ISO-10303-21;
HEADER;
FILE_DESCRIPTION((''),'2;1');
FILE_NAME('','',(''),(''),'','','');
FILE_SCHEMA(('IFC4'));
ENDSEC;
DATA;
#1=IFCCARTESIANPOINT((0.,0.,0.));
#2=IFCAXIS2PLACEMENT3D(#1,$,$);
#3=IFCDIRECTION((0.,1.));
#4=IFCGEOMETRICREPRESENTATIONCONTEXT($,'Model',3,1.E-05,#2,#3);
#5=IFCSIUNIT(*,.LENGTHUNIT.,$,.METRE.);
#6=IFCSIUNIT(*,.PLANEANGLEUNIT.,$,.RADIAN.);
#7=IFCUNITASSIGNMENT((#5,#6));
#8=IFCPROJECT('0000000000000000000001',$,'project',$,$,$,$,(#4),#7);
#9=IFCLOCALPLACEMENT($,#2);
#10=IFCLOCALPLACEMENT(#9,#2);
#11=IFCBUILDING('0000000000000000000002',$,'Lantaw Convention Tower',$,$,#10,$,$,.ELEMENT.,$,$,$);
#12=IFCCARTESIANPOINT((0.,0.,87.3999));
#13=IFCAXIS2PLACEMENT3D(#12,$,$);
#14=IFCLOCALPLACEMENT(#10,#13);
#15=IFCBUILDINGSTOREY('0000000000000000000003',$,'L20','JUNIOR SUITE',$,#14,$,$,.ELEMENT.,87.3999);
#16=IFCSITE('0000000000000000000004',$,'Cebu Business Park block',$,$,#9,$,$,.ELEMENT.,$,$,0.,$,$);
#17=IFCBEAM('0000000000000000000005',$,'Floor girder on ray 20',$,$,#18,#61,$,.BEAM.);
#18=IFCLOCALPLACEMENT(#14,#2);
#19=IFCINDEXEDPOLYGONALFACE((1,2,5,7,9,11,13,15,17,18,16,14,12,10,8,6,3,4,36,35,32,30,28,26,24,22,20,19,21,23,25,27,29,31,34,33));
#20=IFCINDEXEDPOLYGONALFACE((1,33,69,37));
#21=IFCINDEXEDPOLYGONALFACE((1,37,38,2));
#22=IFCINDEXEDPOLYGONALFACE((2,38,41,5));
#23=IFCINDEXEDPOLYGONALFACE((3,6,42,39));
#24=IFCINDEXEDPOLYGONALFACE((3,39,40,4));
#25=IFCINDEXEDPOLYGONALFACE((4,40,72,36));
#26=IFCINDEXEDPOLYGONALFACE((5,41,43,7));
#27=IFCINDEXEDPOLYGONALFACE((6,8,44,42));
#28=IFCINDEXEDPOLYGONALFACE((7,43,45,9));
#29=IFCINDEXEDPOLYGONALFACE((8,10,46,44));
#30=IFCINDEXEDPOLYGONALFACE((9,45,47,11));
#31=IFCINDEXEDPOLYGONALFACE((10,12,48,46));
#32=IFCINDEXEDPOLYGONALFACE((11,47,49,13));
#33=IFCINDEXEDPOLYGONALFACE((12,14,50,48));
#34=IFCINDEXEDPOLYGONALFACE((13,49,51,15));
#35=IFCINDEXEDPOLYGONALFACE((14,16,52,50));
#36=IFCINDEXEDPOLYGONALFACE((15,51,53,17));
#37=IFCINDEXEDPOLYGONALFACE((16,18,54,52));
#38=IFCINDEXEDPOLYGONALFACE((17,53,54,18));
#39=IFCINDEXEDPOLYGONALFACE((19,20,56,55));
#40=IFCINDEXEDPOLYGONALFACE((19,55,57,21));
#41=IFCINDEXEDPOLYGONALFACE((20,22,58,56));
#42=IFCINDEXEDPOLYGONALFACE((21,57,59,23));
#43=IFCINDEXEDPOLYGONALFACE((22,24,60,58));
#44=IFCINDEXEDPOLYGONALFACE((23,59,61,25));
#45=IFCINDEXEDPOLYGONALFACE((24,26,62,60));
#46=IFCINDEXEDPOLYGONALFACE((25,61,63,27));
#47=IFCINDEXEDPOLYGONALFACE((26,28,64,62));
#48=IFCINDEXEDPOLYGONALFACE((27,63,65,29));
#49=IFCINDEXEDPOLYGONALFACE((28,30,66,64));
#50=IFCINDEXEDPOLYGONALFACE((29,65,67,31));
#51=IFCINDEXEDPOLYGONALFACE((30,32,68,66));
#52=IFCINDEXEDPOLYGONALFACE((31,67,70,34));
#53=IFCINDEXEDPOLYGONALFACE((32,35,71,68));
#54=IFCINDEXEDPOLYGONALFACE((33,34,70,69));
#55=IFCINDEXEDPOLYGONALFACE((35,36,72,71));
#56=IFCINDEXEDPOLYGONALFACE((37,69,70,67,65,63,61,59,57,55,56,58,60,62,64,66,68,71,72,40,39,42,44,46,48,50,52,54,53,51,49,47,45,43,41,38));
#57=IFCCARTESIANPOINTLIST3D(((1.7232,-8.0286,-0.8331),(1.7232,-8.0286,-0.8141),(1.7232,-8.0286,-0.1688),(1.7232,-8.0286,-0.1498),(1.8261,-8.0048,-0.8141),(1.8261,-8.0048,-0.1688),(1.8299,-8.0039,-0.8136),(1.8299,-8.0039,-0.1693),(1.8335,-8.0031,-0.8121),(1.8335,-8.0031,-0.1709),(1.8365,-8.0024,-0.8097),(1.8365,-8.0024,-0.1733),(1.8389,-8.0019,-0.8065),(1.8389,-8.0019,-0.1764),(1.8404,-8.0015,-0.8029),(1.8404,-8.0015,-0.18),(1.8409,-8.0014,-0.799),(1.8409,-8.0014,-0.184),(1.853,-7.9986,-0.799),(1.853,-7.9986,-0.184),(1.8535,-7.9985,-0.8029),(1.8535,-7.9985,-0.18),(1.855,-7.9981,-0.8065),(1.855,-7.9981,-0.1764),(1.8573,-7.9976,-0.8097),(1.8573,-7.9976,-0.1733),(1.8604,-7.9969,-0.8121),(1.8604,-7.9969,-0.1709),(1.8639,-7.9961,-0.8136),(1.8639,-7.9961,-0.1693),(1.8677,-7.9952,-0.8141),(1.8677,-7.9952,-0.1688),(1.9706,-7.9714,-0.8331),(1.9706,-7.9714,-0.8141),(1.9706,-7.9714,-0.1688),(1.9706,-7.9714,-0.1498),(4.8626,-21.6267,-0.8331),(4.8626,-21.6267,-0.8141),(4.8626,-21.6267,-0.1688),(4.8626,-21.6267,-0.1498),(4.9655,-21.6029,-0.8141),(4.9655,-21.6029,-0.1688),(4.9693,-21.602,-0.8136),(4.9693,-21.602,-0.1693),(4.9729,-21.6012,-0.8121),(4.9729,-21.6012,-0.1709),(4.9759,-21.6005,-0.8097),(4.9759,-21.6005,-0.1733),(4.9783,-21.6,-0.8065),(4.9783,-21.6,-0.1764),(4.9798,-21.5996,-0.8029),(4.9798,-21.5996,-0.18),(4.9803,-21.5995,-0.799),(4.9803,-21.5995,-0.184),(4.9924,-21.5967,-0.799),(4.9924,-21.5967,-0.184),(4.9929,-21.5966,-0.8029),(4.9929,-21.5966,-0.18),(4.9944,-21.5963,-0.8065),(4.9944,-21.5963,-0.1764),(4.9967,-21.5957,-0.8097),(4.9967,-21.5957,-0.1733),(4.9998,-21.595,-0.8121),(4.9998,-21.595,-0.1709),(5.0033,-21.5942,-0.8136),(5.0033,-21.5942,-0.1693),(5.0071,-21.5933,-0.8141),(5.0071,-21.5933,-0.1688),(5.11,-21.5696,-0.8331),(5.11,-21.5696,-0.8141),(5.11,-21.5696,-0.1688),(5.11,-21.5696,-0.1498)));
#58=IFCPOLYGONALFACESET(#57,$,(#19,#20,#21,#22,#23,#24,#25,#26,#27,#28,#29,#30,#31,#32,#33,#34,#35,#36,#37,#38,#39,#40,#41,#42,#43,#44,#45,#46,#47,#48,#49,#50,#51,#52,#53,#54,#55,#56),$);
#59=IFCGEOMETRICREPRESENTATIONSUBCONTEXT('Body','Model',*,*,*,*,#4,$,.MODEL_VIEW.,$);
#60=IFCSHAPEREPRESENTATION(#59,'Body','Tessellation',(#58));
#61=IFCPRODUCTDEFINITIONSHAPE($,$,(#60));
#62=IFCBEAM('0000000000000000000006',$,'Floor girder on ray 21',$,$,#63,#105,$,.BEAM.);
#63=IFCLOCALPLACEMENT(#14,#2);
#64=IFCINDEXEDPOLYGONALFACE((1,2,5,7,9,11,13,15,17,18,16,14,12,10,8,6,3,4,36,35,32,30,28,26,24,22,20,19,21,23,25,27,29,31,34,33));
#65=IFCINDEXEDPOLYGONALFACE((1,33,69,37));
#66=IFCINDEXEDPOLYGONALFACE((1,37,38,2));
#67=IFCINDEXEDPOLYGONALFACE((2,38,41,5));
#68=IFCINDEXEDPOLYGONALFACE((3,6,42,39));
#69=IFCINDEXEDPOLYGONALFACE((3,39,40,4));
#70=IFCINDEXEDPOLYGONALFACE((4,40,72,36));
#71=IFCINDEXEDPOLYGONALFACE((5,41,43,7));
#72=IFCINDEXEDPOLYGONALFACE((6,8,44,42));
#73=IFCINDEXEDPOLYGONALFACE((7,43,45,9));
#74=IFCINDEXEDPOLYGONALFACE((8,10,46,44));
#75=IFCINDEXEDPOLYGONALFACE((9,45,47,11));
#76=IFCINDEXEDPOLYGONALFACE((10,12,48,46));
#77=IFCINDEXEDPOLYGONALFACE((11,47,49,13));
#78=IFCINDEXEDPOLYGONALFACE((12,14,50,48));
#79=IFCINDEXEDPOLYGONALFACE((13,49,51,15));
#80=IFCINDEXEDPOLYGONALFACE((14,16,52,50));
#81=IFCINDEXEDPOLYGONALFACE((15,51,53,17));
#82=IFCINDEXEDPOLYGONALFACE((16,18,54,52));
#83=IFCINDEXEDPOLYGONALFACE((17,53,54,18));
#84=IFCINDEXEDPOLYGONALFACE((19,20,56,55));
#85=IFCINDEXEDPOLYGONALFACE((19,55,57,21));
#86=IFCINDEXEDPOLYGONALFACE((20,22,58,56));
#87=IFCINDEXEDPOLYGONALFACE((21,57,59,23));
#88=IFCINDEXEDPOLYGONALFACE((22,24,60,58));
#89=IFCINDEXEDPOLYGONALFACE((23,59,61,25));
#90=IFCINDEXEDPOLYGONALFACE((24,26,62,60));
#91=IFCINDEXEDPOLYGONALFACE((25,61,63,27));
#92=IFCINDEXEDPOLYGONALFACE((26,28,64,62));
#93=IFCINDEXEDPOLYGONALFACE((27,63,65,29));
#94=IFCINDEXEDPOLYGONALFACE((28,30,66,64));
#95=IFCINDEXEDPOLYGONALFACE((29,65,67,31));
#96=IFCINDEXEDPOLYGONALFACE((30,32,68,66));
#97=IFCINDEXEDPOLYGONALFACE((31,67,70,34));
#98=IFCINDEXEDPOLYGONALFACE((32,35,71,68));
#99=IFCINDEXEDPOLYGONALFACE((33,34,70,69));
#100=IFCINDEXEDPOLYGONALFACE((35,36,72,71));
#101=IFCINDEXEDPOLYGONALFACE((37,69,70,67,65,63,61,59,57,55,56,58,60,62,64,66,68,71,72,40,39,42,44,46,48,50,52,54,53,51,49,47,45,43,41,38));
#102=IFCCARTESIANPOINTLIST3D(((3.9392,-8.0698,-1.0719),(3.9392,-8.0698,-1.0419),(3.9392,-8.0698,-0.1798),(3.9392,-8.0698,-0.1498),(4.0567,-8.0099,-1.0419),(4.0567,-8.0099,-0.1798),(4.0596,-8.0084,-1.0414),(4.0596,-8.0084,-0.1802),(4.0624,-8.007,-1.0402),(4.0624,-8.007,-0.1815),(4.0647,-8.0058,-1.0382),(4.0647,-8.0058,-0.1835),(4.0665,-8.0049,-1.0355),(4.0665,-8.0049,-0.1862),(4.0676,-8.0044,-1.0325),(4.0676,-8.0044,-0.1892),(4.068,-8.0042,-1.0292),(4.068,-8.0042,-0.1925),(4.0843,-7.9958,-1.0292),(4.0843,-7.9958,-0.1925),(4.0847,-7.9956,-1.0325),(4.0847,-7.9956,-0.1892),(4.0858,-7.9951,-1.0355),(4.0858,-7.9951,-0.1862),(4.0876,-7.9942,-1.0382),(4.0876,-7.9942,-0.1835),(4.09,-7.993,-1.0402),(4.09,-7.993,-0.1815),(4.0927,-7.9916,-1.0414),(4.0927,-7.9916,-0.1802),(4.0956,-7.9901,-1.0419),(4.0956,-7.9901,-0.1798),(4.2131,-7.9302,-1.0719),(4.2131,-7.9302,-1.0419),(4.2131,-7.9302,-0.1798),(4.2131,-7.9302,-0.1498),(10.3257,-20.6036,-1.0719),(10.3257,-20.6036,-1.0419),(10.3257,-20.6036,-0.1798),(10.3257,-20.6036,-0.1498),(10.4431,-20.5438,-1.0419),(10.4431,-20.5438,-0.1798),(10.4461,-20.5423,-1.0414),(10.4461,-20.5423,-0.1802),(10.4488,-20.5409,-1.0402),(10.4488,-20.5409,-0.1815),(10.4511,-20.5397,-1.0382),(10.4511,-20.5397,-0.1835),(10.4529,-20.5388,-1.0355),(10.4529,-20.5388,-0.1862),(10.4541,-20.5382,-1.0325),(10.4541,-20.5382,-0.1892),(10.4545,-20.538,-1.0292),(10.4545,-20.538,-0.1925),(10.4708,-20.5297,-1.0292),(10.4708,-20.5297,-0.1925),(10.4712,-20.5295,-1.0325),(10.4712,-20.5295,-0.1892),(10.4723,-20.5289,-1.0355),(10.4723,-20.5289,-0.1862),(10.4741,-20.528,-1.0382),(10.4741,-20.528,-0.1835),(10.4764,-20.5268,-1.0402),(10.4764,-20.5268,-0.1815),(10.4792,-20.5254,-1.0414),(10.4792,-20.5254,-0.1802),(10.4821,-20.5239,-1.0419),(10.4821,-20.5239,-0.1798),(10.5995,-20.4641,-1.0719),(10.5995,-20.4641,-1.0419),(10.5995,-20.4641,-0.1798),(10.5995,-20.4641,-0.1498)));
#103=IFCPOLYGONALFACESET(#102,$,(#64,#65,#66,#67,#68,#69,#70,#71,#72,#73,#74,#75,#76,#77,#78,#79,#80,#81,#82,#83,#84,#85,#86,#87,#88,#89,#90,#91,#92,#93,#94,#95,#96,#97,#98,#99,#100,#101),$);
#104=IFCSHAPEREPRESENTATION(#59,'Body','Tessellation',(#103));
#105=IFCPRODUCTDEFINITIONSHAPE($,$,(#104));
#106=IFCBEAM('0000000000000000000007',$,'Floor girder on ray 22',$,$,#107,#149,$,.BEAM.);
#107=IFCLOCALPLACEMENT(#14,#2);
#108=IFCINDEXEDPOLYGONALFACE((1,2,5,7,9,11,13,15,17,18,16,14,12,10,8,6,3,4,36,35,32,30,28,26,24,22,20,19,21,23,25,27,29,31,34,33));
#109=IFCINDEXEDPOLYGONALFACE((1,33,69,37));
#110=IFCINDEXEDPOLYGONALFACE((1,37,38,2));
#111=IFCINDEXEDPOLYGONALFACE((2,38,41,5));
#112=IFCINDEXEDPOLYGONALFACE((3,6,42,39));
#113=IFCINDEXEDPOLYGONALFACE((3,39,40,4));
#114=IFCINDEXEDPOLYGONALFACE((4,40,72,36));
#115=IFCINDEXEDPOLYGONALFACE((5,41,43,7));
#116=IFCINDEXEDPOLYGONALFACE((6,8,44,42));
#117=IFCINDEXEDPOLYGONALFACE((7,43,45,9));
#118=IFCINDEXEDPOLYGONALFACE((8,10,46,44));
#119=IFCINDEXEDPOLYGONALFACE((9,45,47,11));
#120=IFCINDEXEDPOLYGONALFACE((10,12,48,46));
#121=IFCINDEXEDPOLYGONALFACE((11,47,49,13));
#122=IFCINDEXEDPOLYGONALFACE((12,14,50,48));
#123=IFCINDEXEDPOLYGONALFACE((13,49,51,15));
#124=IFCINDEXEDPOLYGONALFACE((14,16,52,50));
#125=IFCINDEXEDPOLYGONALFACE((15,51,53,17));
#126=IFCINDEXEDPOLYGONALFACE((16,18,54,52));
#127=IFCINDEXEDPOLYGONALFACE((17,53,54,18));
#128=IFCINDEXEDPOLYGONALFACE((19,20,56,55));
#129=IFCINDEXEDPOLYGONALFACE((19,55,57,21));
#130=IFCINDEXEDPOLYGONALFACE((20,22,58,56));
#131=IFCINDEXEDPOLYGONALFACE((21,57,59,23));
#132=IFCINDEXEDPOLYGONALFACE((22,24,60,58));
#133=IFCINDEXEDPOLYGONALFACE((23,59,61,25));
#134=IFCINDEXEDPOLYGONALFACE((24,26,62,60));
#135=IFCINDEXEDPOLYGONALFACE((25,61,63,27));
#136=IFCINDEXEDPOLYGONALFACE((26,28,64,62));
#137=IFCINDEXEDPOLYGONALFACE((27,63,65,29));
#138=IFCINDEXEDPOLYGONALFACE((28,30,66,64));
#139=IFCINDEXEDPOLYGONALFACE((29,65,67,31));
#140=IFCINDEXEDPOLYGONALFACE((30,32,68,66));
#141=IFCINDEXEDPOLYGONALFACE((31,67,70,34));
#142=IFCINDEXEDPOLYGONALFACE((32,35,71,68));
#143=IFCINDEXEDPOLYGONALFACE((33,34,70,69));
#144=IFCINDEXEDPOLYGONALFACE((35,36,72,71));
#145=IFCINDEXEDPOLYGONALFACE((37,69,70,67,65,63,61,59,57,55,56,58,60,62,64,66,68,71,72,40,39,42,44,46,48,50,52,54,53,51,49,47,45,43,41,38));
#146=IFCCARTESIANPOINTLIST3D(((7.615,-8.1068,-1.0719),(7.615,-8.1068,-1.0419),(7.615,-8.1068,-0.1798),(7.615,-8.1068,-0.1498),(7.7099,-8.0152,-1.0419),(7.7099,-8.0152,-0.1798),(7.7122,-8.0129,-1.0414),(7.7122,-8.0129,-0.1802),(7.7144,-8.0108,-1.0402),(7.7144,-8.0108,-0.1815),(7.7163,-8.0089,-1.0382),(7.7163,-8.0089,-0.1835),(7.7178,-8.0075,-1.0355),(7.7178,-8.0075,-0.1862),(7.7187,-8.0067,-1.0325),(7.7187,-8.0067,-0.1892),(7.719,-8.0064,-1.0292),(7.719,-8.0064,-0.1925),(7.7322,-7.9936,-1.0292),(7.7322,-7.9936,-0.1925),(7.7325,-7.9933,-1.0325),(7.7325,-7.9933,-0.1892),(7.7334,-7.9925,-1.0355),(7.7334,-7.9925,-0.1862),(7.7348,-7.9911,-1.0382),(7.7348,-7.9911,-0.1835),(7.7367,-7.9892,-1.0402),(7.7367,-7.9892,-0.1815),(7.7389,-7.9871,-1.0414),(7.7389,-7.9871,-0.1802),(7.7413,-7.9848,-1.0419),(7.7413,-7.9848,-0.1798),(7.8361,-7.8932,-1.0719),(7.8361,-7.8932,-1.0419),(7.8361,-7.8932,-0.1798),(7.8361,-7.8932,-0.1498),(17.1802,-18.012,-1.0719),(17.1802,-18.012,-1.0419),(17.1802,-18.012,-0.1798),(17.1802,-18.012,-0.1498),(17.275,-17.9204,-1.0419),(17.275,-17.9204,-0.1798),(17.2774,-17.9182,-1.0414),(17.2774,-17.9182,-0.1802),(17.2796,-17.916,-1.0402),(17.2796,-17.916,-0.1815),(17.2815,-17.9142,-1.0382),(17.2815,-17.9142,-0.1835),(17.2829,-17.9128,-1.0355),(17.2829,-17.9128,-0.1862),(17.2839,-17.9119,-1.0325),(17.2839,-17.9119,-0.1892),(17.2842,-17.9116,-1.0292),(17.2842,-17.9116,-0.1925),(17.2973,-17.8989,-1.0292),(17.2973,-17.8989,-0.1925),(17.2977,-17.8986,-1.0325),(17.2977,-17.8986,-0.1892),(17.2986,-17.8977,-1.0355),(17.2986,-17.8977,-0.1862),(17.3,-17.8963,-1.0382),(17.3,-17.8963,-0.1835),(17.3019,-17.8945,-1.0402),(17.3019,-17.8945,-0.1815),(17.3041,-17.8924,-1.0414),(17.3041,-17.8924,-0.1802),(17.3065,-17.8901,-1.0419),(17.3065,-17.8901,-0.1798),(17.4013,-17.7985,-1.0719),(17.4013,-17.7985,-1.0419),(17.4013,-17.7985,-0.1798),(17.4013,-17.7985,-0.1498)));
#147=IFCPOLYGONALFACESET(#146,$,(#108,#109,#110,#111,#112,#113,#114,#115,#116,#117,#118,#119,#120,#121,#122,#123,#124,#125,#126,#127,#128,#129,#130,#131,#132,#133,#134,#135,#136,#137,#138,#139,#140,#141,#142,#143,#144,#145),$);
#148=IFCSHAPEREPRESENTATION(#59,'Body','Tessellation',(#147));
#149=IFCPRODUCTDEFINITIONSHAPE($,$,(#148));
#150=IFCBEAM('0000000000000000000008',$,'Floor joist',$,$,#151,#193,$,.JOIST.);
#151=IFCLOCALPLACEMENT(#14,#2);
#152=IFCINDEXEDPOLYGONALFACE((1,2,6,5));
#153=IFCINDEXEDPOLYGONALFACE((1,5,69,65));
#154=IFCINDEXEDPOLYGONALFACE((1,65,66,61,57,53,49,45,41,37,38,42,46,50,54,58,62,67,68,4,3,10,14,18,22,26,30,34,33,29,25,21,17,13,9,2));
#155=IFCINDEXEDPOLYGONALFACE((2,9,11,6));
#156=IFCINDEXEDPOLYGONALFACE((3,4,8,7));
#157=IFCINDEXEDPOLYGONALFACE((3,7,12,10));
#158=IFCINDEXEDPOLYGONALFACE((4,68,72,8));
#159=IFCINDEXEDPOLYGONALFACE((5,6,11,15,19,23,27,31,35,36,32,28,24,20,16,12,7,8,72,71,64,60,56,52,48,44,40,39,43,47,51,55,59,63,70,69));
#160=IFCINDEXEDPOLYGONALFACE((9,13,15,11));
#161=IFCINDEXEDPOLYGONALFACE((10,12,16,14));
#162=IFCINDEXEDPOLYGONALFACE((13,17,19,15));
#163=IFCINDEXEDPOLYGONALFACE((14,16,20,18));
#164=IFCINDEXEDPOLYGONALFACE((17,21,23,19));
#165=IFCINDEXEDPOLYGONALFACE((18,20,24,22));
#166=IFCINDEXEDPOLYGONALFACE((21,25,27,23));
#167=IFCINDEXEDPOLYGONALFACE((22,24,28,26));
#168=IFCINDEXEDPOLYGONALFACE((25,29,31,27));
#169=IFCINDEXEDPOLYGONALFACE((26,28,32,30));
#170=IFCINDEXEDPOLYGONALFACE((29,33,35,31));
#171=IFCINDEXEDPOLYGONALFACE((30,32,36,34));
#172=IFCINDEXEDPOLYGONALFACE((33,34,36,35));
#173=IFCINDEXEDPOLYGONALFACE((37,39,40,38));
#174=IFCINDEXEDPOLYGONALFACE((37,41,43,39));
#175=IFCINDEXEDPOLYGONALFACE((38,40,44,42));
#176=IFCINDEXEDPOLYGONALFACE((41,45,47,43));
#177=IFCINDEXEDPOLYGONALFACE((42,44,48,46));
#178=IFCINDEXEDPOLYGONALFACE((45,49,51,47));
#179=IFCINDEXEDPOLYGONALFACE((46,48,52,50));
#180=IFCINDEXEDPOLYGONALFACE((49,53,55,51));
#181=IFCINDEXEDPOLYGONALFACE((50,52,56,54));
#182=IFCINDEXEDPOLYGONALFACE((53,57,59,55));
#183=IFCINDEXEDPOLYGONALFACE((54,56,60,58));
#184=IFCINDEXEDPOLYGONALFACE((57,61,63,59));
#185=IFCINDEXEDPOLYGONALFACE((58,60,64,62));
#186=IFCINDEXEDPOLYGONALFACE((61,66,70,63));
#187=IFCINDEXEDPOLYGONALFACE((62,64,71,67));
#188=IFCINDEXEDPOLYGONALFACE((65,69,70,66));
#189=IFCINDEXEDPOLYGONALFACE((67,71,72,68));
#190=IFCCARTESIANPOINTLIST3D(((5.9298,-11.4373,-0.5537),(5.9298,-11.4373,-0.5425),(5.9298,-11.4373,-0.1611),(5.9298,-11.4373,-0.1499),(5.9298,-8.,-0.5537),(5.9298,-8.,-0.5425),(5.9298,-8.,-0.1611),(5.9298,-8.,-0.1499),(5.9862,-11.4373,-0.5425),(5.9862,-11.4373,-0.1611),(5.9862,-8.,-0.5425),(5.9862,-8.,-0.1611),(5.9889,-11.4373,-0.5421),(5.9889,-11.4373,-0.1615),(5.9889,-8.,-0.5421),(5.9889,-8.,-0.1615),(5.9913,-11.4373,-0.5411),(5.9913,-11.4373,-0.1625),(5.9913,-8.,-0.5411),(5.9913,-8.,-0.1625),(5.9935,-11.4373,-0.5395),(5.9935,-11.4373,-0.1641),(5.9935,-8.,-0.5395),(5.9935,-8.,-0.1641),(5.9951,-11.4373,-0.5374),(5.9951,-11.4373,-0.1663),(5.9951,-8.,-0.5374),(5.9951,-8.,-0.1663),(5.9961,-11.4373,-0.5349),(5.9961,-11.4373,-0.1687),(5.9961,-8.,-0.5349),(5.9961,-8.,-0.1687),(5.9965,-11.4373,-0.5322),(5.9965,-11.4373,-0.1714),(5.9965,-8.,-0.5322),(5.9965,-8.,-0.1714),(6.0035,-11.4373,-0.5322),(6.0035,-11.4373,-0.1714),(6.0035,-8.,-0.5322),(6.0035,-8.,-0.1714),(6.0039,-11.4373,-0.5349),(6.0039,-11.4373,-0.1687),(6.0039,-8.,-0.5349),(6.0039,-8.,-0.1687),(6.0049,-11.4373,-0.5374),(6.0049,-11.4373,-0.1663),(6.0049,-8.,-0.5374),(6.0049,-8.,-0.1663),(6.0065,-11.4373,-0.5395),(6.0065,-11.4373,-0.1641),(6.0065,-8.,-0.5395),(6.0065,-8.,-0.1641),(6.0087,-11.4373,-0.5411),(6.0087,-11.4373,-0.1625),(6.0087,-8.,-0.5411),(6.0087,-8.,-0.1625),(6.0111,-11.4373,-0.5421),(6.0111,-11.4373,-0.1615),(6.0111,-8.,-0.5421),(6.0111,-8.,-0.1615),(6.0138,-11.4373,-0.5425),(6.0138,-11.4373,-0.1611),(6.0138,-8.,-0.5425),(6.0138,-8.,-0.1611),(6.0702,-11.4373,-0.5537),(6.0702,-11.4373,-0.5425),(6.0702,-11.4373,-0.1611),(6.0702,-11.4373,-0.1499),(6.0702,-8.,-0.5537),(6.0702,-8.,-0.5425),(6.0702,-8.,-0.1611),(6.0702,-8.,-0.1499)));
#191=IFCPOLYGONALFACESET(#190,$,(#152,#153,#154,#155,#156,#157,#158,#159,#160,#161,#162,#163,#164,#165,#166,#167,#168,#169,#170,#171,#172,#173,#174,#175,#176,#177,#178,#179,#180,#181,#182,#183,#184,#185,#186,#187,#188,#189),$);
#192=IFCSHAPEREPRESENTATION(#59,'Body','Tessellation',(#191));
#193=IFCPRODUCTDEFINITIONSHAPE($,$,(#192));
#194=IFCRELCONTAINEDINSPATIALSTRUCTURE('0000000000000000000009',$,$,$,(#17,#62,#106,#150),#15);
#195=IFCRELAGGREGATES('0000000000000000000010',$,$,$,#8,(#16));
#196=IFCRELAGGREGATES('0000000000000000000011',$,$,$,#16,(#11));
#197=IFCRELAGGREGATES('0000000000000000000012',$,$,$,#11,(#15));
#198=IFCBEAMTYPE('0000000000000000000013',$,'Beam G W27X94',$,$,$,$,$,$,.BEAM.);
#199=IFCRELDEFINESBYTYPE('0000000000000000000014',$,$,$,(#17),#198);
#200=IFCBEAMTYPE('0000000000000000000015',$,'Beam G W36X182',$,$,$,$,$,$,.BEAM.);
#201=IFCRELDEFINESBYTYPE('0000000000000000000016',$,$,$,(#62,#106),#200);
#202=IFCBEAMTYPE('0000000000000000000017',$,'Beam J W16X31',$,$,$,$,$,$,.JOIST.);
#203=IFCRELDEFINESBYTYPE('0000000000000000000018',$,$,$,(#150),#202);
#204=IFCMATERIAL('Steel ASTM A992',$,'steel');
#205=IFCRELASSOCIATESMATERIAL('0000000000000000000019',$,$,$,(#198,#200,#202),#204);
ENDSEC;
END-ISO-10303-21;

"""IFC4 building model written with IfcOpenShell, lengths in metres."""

from ifc_helpers import new_model, si_unit, direction, frame, origin, origin_2d, place, context, subcontext, project, spatial, i_section, extrude, material, material_profile, profile_set, type_object, element, save


model = new_model("IFC4")

# Units and contexts
model_context = context("Model", 3, precision=1e-05, world=origin(), true_north=direction((0.0, 1.0)))
body_context = subcontext(model_context, "Body", "Model", "MODEL_VIEW")
ifc_project = project(units=[si_unit("LENGTHUNIT", "METRE"), si_unit("PLANEANGLEUNIT", "RADIAN")], contexts=[model_context])

# Site, building, storey
site_placement = place(None, origin())
site = spatial("IfcSite", under=ifc_project, at=site_placement, Name="Cebu Business Park block", CompositionType="ELEMENT", RefElevation=0.0)
building_placement = place(site_placement, origin())
building = spatial("IfcBuilding", under=site, at=building_placement, Name="Lantaw Convention Tower", CompositionType="ELEMENT")
storey_placement = place(building_placement, frame((0.0, 0.0, 87.3999)))
storey = spatial("IfcBuildingStorey", under=building, at=storey_placement, Name="L20", Description="JUNIOR SUITE", CompositionType="ELEMENT", Elevation=87.3999)

# Beams
ifc_material_1 = material(Name="Steel ASTM A992", Category="steel")
ifc_material_profile_1 = material_profile(ifc_material_1, i_section(OverallWidth=0.2539, OverallDepth=0.6833, WebThickness=0.0125, FlangeThickness=0.019, FilletRadius=0.0151, at=origin_2d()), Name="W27X94")
ifc_profile_set_1 = profile_set([ifc_material_profile_1], Name="Steel ASTM A992")
beam_type_1 = type_object("IfcBeamType", Name="Beam G W27X94", PredefinedType="BEAM", material=ifc_profile_set_1)
beam_1_placement = place(storey_placement, frame((1.8469, -8.0, -0.4915), z_axis=(0.224953, -0.97437, 0.0), x_axis=(0.97437, 0.224953, 0.0)))
element("IfcBeam", 1, at=beam_1_placement, inside=storey, type_object=beam_type_1, Name="Floor girder on ray 20", PredefinedType="BEAM", context=body_context, shape_type="SweptSolid", body=[
    extrude(i_section(OverallWidth=0.2539, OverallDepth=0.6833, WebThickness=0.0125, FlangeThickness=0.019, FilletRadius=0.0151, at=origin_2d()), origin(), (0.0, 0.0, 1.0), 13.9558),
])
ifc_material_profile_2 = material_profile(ifc_material_1, i_section(OverallWidth=0.3074, OverallDepth=0.9221, WebThickness=0.0183, FlangeThickness=0.03, FilletRadius=0.0127, at=origin_2d()), Name="W36X182")
ifc_profile_set_2 = profile_set([ifc_material_profile_2], Name="Steel ASTM A992")
beam_type_2 = type_object("IfcBeamType", Name="Beam G W36X182", PredefinedType="BEAM", material=ifc_profile_set_2)
beam_2_placement = place(storey_placement, frame((4.0762, -8.0, -0.6108), z_axis=(0.453997, -0.891003, 0.0), x_axis=(0.891003, 0.453997, 0.0)))
element("IfcBeam", 2, at=beam_2_placement, inside=storey, type_object=beam_type_2, Name="Floor girder on ray 21", PredefinedType="BEAM", context=body_context, shape_type="SweptSolid", body=[
    extrude(i_section(OverallWidth=0.3074, OverallDepth=0.9221, WebThickness=0.0183, FlangeThickness=0.03, FilletRadius=0.0127, at=origin_2d()), origin(), (0.0, 0.0, 1.0), 14.0671),
])
beam_3_placement = place(storey_placement, frame((7.7256, -8.0, -0.6108), z_axis=(0.69465, -0.719348, 0.0), x_axis=(0.719348, 0.69465, 0.0)))
element("IfcBeam", 3, at=beam_3_placement, inside=storey, type_object=beam_type_2, Name="Floor girder on ray 22", PredefinedType="BEAM", context=body_context, shape_type="SweptSolid", body=[
    extrude(i_section(OverallWidth=0.3074, OverallDepth=0.9221, WebThickness=0.0183, FlangeThickness=0.03, FilletRadius=0.0127, at=origin_2d()), origin(), (0.0, 0.0, 1.0), 13.7698),
])
ifc_material_profile_3 = material_profile(ifc_material_1, i_section(OverallWidth=0.1404, OverallDepth=0.4038, WebThickness=0.0071, FlangeThickness=0.0112, FilletRadius=0.0103, at=origin_2d()), Name="W16X31")
ifc_profile_set_3 = profile_set([ifc_material_profile_3], Name="Steel ASTM A992")
beam_type_3 = type_object("IfcBeamType", Name="Beam J W16X31", PredefinedType="JOIST", material=ifc_profile_set_3)
beam_4_placement = place(storey_placement, frame((6.0, -11.4373, -0.3518), z_axis=(0.0, 1.0, 0.0), x_axis=(-1.0, 0.0, 0.0)))
element("IfcBeam", 4, at=beam_4_placement, inside=storey, type_object=beam_type_3, Name="Floor joist", PredefinedType="JOIST", context=body_context, shape_type="SweptSolid", body=[
    extrude(i_section(OverallWidth=0.1404, OverallDepth=0.4038, WebThickness=0.0071, FlangeThickness=0.0112, FilletRadius=0.0103, at=origin_2d()), origin(), (0.0, 0.0, 1.0), 3.4373),
])

save(model, "model.ifc")
